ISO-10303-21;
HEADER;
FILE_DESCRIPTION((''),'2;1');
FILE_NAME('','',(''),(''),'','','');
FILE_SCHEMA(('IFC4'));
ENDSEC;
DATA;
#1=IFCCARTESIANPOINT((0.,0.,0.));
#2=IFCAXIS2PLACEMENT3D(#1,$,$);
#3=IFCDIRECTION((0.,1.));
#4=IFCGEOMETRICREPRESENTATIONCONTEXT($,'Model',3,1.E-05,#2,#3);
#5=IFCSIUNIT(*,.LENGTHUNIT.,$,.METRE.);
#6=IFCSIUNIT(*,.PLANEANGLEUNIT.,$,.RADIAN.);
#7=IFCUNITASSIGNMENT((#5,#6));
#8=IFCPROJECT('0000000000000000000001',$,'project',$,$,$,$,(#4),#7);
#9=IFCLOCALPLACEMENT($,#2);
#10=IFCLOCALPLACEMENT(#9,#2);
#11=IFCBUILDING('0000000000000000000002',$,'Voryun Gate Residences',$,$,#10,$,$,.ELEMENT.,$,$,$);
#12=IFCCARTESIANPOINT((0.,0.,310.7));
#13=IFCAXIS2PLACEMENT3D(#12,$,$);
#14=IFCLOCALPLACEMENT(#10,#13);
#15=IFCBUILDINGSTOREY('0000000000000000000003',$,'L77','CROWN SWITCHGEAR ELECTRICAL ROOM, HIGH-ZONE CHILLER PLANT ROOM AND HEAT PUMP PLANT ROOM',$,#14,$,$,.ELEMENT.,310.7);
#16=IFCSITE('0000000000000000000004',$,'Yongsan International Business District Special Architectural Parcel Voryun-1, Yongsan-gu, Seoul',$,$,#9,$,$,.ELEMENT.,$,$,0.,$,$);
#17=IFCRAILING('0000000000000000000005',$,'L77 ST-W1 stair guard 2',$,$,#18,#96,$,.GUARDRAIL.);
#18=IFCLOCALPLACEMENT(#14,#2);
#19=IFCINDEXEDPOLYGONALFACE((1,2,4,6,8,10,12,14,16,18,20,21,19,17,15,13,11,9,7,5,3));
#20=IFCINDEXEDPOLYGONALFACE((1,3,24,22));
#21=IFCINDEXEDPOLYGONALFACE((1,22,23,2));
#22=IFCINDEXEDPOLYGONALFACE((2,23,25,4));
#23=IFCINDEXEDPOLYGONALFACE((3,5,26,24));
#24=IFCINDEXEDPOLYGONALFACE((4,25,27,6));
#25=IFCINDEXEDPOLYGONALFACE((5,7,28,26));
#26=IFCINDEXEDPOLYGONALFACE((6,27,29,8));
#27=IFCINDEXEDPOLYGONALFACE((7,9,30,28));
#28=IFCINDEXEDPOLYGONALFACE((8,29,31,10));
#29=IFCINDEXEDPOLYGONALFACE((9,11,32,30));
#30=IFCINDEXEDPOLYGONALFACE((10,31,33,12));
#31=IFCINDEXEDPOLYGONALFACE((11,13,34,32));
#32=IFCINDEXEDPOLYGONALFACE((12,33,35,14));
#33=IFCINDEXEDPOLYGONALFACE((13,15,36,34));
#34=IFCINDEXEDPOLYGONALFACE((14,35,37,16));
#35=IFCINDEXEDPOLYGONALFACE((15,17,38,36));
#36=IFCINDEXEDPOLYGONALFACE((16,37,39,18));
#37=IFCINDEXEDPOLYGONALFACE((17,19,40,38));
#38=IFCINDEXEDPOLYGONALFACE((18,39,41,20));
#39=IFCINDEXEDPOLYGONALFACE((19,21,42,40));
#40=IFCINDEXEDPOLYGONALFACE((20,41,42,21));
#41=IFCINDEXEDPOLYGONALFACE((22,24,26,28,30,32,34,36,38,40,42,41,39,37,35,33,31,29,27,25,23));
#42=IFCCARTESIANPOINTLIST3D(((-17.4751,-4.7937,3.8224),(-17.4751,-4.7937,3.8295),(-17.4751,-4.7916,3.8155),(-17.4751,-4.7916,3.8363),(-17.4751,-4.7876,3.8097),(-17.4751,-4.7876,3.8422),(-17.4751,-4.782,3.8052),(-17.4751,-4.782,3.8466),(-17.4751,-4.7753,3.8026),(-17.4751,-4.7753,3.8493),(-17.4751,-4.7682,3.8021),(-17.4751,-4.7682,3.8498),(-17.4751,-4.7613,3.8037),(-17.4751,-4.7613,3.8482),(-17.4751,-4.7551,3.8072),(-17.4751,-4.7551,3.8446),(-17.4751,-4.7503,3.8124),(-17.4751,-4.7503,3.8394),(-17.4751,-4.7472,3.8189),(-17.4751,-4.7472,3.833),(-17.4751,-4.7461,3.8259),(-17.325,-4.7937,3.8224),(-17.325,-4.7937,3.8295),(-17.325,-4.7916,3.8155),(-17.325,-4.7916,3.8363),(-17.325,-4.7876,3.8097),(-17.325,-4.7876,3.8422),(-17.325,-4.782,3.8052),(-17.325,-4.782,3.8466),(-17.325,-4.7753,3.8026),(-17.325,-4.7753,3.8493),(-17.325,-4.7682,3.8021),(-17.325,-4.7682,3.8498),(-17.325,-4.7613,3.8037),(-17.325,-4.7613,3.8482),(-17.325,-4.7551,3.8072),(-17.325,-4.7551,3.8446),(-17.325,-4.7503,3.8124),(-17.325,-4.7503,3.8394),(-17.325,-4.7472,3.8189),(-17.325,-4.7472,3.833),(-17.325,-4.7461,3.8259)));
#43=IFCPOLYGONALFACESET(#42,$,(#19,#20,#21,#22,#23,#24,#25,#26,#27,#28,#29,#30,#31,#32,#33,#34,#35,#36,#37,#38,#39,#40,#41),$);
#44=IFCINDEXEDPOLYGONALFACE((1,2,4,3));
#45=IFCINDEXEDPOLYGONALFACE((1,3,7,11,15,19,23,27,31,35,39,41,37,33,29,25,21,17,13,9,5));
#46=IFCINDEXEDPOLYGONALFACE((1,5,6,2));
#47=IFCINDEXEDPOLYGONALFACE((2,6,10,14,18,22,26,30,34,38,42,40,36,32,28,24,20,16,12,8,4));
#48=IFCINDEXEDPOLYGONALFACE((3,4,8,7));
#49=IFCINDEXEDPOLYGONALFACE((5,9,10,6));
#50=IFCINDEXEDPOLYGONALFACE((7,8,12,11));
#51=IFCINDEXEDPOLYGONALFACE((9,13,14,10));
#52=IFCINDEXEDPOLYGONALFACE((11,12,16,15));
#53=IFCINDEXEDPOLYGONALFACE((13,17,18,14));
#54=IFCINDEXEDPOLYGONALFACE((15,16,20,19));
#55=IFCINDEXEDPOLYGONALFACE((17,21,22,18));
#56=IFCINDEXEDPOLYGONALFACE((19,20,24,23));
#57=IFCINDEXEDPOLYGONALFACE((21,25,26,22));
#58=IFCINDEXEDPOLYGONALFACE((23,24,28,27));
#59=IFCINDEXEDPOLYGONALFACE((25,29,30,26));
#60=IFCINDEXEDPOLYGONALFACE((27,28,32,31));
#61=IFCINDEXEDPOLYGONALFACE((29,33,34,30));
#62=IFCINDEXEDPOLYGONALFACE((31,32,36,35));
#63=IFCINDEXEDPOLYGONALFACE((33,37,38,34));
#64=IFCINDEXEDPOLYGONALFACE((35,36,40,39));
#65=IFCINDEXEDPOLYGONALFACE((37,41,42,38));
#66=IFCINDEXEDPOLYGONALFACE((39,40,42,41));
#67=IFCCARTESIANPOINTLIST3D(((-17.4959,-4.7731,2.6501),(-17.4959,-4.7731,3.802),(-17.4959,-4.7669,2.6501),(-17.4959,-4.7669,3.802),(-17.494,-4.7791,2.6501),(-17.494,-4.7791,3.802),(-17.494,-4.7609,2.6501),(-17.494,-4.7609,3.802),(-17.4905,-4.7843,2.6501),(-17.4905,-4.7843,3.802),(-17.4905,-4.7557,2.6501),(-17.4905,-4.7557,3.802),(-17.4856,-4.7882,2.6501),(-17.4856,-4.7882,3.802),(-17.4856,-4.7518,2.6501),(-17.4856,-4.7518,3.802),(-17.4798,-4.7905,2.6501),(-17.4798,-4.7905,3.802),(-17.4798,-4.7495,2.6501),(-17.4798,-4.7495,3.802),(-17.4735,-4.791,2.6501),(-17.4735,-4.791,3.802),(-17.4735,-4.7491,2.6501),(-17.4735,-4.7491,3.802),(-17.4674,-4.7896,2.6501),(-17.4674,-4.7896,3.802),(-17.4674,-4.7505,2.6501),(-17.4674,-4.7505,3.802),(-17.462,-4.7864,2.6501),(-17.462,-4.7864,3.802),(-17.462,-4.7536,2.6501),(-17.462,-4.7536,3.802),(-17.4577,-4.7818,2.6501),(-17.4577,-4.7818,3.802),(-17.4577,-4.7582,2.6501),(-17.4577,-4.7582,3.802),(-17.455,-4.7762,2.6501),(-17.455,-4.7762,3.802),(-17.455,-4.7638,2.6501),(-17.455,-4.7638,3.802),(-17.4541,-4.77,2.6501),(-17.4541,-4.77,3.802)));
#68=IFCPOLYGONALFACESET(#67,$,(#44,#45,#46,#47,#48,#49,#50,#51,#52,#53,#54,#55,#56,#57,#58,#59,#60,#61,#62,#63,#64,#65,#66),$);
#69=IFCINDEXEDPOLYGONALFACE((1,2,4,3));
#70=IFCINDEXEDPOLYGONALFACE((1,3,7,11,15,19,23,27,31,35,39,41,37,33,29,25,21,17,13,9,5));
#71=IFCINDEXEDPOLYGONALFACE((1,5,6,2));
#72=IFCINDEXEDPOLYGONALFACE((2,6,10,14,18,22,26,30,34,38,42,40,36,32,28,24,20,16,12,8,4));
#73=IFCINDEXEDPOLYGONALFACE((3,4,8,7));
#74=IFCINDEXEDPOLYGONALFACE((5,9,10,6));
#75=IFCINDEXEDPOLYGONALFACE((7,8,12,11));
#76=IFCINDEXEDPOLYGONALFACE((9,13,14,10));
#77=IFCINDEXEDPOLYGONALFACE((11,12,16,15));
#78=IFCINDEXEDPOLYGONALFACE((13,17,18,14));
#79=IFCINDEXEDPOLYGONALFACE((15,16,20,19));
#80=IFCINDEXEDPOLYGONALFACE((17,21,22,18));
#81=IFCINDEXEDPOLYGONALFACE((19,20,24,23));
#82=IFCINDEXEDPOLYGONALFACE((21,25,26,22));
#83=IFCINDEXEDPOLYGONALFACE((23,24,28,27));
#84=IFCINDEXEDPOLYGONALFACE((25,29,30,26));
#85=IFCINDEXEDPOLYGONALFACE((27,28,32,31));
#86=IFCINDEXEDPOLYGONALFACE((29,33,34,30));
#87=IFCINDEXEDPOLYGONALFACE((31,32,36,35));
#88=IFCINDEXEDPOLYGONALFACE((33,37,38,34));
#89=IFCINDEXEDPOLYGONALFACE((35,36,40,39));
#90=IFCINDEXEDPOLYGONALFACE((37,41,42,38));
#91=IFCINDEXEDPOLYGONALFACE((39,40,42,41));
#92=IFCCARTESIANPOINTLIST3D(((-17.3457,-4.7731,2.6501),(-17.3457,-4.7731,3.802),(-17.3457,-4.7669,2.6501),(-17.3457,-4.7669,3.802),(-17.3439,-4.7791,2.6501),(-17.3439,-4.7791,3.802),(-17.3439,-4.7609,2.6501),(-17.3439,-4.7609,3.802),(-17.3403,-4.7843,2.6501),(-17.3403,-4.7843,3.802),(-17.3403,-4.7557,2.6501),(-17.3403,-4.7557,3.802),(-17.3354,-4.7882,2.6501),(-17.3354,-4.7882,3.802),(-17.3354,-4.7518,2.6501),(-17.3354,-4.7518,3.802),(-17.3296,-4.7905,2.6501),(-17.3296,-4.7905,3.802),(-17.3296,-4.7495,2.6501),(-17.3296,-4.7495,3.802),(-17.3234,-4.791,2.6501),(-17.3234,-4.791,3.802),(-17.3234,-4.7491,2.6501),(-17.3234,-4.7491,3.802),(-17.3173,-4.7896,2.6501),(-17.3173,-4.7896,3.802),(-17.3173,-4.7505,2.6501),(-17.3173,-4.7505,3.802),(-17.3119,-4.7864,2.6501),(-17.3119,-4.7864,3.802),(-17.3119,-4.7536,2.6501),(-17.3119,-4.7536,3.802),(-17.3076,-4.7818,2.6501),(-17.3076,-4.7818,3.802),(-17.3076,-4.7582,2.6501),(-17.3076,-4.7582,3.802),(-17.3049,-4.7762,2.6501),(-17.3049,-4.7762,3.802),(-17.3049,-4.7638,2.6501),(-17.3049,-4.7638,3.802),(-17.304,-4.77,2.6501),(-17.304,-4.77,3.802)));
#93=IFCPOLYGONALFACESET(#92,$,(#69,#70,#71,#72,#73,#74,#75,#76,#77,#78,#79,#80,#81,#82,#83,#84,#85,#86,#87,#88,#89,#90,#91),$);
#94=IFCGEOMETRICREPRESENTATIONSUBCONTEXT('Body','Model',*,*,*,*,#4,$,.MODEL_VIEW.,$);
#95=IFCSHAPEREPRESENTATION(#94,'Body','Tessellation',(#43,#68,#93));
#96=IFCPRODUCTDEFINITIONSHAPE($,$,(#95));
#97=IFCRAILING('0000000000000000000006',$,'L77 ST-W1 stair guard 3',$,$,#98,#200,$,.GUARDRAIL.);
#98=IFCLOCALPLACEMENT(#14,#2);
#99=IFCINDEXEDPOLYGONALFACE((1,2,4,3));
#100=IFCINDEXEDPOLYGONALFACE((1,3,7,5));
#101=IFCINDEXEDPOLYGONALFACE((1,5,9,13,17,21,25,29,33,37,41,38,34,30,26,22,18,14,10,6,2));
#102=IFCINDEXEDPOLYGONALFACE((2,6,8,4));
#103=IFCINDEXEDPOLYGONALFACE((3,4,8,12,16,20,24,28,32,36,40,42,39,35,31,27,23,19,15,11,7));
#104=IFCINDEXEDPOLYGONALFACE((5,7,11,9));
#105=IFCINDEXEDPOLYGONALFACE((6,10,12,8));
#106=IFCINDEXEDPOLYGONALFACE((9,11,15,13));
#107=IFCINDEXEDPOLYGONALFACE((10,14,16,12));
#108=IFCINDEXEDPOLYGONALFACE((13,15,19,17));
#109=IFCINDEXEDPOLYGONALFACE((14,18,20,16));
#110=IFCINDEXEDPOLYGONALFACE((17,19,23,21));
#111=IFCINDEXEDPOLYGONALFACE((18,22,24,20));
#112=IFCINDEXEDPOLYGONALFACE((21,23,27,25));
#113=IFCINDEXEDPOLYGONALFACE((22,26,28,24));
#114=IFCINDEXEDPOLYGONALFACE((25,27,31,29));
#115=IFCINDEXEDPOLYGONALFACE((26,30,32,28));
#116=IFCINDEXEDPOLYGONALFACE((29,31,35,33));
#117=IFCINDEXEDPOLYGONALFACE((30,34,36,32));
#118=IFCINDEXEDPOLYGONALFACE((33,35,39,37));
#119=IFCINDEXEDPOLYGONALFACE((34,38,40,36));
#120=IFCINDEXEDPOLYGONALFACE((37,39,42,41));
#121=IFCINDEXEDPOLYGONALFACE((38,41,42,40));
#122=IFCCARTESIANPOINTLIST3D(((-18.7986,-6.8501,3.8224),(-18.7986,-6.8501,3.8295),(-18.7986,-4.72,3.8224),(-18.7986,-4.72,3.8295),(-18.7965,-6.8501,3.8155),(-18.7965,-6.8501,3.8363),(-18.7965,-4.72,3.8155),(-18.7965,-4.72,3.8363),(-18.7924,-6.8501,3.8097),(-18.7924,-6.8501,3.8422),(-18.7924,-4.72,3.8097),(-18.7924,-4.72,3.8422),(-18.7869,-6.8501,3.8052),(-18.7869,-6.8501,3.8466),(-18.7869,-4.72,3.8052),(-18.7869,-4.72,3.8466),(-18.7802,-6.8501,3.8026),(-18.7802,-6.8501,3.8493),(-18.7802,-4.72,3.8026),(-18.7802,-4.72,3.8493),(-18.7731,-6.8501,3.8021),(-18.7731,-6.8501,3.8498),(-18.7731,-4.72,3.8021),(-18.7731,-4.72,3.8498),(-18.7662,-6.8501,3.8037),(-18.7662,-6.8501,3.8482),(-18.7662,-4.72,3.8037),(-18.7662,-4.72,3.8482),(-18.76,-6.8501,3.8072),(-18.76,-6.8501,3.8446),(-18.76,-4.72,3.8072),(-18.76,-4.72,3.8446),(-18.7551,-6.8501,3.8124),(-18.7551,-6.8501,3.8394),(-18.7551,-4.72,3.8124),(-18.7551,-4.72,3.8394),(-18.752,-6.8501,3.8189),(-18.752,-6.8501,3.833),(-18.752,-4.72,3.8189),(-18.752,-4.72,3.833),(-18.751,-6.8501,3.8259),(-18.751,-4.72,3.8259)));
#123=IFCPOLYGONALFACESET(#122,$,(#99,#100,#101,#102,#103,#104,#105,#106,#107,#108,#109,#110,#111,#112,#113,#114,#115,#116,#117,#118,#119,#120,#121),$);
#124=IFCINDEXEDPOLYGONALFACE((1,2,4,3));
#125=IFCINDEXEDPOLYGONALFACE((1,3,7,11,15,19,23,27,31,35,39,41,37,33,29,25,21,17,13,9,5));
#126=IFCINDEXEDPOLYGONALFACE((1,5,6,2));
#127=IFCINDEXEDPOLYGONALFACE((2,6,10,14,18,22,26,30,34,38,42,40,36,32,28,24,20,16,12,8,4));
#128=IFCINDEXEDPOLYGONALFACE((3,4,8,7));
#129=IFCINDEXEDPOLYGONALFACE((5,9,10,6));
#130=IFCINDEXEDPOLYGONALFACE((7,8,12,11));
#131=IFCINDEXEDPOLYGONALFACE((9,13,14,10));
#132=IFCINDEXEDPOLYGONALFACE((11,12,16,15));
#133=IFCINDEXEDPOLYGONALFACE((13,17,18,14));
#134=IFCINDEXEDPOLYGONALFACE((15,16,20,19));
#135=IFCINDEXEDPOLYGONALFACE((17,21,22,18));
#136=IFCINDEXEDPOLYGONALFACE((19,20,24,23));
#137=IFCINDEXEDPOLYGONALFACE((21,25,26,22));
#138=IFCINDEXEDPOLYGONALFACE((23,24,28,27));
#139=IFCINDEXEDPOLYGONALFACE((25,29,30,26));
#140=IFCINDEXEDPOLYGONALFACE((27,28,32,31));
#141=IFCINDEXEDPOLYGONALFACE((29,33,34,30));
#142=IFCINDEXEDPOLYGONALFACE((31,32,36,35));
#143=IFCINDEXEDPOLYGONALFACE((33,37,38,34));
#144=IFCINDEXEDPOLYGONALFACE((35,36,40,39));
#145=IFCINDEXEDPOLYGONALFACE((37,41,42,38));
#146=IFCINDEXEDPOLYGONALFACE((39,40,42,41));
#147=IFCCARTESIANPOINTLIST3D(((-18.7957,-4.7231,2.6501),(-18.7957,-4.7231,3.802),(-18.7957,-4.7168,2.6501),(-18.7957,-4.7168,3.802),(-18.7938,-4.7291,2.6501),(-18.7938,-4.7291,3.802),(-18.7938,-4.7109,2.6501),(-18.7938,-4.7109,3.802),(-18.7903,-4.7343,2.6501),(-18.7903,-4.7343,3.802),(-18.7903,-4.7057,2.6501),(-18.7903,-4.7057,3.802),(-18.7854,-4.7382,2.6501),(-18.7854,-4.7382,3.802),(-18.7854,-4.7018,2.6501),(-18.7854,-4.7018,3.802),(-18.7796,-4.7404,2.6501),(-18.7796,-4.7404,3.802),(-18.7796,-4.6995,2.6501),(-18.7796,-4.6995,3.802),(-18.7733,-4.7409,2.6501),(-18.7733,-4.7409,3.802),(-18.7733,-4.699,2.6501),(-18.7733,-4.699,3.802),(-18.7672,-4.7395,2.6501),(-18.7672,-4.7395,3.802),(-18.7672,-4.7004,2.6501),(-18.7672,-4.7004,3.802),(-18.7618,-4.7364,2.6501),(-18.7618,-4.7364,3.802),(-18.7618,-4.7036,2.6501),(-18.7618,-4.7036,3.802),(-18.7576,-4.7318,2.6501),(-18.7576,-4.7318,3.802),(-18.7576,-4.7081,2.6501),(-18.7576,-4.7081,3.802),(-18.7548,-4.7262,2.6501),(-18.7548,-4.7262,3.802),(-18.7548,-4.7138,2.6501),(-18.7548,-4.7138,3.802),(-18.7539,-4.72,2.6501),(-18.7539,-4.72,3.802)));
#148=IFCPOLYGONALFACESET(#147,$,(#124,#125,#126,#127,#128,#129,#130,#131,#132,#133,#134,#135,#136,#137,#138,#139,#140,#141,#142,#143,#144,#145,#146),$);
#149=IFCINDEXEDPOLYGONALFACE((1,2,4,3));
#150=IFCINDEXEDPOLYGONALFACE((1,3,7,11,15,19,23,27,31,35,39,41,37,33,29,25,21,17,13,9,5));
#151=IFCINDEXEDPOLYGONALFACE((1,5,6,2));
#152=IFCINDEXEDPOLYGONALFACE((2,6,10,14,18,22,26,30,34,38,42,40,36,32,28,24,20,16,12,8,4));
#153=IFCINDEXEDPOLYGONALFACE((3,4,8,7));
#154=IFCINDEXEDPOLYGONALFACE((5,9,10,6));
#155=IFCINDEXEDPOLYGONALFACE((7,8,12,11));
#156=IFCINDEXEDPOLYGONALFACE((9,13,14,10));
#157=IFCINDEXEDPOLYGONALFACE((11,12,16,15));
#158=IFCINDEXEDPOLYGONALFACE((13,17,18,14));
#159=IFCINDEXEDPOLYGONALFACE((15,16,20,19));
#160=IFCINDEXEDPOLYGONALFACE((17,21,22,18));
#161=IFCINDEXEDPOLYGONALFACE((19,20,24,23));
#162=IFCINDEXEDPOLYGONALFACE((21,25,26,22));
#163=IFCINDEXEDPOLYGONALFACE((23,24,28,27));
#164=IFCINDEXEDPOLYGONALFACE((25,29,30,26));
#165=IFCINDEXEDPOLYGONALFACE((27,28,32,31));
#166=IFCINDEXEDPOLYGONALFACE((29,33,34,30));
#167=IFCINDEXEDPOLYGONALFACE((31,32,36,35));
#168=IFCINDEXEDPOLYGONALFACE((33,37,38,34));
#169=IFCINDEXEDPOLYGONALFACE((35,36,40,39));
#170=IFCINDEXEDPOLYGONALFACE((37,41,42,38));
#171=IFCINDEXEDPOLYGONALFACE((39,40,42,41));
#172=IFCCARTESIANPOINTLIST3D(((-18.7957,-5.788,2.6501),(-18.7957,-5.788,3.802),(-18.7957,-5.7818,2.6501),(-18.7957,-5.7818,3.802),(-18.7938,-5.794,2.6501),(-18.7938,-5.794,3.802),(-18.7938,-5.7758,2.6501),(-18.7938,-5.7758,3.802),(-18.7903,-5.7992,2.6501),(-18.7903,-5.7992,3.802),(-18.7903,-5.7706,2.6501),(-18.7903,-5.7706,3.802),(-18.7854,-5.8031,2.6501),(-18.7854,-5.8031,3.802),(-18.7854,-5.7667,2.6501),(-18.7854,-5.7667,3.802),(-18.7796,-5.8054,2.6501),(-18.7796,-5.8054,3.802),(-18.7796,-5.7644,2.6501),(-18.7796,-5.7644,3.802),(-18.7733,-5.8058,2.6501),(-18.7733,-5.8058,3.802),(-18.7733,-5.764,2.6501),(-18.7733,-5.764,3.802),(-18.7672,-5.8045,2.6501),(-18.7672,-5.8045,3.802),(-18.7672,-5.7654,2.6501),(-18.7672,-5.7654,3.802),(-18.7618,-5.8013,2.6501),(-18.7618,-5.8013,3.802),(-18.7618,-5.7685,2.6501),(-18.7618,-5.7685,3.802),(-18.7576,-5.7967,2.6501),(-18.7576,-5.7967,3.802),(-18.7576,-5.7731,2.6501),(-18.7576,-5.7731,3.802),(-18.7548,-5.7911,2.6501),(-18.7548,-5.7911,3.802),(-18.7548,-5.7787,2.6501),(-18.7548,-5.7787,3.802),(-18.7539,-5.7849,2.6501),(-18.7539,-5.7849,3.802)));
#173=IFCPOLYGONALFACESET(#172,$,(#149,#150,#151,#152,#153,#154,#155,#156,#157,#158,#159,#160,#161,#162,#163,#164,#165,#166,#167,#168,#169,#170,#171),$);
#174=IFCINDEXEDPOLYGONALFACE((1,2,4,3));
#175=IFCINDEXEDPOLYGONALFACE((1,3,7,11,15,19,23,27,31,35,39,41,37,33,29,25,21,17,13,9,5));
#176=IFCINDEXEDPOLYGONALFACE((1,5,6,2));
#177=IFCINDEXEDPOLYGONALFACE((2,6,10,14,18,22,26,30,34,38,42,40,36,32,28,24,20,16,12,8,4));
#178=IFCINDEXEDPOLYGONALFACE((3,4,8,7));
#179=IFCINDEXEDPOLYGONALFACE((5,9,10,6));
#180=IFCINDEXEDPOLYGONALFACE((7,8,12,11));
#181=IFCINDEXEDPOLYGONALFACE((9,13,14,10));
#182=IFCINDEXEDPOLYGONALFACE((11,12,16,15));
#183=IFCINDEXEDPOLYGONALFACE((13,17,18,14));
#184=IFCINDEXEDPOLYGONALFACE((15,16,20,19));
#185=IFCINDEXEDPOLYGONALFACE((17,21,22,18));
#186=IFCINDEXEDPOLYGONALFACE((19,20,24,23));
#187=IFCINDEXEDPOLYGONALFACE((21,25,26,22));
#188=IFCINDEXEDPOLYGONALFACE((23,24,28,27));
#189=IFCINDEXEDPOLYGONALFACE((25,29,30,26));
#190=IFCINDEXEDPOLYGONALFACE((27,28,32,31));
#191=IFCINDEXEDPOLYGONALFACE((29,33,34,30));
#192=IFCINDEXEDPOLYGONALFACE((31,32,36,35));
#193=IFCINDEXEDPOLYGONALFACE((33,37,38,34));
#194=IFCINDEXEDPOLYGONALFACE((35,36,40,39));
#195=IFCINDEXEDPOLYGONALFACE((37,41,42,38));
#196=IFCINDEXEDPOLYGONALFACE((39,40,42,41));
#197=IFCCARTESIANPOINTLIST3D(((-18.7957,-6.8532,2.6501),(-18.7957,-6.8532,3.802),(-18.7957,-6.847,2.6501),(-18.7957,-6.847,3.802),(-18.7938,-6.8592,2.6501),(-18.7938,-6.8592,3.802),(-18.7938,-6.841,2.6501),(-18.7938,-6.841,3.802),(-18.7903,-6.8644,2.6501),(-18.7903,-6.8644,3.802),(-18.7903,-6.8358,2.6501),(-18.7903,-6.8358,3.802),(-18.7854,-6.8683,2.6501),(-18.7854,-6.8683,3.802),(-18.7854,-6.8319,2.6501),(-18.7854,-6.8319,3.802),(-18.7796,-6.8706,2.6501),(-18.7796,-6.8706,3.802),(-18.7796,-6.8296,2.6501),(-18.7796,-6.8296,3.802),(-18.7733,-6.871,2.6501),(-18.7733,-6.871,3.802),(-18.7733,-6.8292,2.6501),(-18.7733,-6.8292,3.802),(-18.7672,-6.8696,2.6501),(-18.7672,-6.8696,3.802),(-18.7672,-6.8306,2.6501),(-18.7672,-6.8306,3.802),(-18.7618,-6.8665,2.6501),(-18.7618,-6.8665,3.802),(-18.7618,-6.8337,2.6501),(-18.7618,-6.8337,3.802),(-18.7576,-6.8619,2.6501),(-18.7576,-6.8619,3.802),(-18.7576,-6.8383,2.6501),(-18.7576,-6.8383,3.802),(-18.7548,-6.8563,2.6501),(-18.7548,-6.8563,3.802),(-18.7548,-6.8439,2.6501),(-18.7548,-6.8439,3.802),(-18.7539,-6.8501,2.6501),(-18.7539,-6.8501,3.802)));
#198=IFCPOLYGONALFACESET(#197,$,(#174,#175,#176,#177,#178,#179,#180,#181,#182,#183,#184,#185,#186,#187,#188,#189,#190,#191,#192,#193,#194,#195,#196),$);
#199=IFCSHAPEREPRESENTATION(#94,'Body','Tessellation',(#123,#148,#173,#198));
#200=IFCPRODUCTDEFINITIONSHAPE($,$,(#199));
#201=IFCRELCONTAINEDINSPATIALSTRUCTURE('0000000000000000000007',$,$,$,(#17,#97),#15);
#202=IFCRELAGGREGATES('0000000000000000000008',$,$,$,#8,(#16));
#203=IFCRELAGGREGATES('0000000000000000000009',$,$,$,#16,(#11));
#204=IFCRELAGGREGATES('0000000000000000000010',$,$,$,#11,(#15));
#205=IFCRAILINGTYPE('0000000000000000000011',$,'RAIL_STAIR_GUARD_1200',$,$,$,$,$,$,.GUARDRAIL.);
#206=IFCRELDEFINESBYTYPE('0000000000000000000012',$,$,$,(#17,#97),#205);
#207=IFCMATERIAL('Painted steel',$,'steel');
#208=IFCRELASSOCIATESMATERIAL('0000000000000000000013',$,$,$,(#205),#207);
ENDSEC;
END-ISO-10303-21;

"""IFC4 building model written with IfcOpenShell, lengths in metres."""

from ifc_helpers import new_model, si_unit, direction, frame, origin, origin_2d, place, context, subcontext, project, spatial, circle, extrude, material, type_object, element, save


model = new_model("IFC4")

# Units and contexts
model_context = context("Model", 3, precision=1e-05, world=origin(), true_north=direction((0.0, 1.0)))
body_context = subcontext(model_context, "Body", "Model", "MODEL_VIEW")
ifc_project = project(units=[si_unit("LENGTHUNIT", "METRE"), si_unit("PLANEANGLEUNIT", "RADIAN")], contexts=[model_context])

# Site, building, storey
site_placement = place(None, origin())
site = spatial("IfcSite", under=ifc_project, at=site_placement, Name="Yongsan International Business District Special Architectural Parcel Voryun-1, Yongsan-gu, Seoul", CompositionType="ELEMENT", RefElevation=0.0)
building_placement = place(site_placement, origin())
building = spatial("IfcBuilding", under=site, at=building_placement, Name="Voryun Gate Residences", CompositionType="ELEMENT")
storey_placement = place(building_placement, frame((0.0, 0.0, 310.7)))
storey = spatial("IfcBuildingStorey", under=building, at=storey_placement, Name="L77", Description="CROWN SWITCHGEAR ELECTRICAL ROOM, HIGH-ZONE CHILLER PLANT ROOM AND HEAT PUMP PLANT ROOM", CompositionType="ELEMENT", Elevation=310.7)

# Railings
ifc_material_1 = material(Name="Painted steel", Category="steel")
railing_type_1 = type_object("IfcRailingType", Name="RAIL_STAIR_GUARD_1200", PredefinedType="GUARDRAIL", material=ifc_material_1)
railing_1_placement = place(storey_placement, frame((-17.4751, -4.77, 2.6501)))
element("IfcRailing", 1, at=railing_1_placement, inside=storey, type_object=railing_type_1, Name="L77 ST-W1 stair guard 2", PredefinedType="GUARDRAIL", context=body_context, shape_type="SweptSolid", body=[
    extrude(circle(Radius=0.0239, at=origin_2d()), frame((0.0, 0.0, 1.1758), z_axis=(1.0, 0.0, 0.0), x_axis=(0.0, 1.0, 0.0)), (0.0, 0.0, 1.0), 0.1501),
    extrude(circle(Radius=0.021, at=origin_2d()), origin(), (0.0, 0.0, 1.0), 1.1519),
    extrude(circle(Radius=0.021, at=origin_2d()), frame((0.1501, 0.0, 0.0)), (0.0, 0.0, 1.0), 1.1519),
])
for number, where, name in (
    (2, (-18.7749, -4.72, 2.6501), "L77 ST-W1 stair guard 3"),
):
    element("IfcRailing", number, at=place(storey_placement, frame(where)), inside=storey, type_object=railing_type_1, Name=name, PredefinedType="GUARDRAIL", context=body_context, shape_type="SweptSolid", body=[
        extrude(circle(Radius=0.0239, at=origin_2d()), frame((0.0, 0.0, 1.1758), z_axis=(0.0, -1.0, 0.0), x_axis=(1.0, 0.0, 0.0)), (0.0, 0.0, 1.0), 2.1301),
        extrude(circle(Radius=0.021, at=origin_2d()), origin(), (0.0, 0.0, 1.0), 1.1519),
        extrude(circle(Radius=0.021, at=origin_2d()), frame((0.0, -1.0649, 0.0)), (0.0, 0.0, 1.0), 1.1519),
        extrude(circle(Radius=0.021, at=origin_2d()), frame((0.0, -2.1301, 0.0)), (0.0, 0.0, 1.0), 1.1519),
    ])

save(model, "model.ifc")
